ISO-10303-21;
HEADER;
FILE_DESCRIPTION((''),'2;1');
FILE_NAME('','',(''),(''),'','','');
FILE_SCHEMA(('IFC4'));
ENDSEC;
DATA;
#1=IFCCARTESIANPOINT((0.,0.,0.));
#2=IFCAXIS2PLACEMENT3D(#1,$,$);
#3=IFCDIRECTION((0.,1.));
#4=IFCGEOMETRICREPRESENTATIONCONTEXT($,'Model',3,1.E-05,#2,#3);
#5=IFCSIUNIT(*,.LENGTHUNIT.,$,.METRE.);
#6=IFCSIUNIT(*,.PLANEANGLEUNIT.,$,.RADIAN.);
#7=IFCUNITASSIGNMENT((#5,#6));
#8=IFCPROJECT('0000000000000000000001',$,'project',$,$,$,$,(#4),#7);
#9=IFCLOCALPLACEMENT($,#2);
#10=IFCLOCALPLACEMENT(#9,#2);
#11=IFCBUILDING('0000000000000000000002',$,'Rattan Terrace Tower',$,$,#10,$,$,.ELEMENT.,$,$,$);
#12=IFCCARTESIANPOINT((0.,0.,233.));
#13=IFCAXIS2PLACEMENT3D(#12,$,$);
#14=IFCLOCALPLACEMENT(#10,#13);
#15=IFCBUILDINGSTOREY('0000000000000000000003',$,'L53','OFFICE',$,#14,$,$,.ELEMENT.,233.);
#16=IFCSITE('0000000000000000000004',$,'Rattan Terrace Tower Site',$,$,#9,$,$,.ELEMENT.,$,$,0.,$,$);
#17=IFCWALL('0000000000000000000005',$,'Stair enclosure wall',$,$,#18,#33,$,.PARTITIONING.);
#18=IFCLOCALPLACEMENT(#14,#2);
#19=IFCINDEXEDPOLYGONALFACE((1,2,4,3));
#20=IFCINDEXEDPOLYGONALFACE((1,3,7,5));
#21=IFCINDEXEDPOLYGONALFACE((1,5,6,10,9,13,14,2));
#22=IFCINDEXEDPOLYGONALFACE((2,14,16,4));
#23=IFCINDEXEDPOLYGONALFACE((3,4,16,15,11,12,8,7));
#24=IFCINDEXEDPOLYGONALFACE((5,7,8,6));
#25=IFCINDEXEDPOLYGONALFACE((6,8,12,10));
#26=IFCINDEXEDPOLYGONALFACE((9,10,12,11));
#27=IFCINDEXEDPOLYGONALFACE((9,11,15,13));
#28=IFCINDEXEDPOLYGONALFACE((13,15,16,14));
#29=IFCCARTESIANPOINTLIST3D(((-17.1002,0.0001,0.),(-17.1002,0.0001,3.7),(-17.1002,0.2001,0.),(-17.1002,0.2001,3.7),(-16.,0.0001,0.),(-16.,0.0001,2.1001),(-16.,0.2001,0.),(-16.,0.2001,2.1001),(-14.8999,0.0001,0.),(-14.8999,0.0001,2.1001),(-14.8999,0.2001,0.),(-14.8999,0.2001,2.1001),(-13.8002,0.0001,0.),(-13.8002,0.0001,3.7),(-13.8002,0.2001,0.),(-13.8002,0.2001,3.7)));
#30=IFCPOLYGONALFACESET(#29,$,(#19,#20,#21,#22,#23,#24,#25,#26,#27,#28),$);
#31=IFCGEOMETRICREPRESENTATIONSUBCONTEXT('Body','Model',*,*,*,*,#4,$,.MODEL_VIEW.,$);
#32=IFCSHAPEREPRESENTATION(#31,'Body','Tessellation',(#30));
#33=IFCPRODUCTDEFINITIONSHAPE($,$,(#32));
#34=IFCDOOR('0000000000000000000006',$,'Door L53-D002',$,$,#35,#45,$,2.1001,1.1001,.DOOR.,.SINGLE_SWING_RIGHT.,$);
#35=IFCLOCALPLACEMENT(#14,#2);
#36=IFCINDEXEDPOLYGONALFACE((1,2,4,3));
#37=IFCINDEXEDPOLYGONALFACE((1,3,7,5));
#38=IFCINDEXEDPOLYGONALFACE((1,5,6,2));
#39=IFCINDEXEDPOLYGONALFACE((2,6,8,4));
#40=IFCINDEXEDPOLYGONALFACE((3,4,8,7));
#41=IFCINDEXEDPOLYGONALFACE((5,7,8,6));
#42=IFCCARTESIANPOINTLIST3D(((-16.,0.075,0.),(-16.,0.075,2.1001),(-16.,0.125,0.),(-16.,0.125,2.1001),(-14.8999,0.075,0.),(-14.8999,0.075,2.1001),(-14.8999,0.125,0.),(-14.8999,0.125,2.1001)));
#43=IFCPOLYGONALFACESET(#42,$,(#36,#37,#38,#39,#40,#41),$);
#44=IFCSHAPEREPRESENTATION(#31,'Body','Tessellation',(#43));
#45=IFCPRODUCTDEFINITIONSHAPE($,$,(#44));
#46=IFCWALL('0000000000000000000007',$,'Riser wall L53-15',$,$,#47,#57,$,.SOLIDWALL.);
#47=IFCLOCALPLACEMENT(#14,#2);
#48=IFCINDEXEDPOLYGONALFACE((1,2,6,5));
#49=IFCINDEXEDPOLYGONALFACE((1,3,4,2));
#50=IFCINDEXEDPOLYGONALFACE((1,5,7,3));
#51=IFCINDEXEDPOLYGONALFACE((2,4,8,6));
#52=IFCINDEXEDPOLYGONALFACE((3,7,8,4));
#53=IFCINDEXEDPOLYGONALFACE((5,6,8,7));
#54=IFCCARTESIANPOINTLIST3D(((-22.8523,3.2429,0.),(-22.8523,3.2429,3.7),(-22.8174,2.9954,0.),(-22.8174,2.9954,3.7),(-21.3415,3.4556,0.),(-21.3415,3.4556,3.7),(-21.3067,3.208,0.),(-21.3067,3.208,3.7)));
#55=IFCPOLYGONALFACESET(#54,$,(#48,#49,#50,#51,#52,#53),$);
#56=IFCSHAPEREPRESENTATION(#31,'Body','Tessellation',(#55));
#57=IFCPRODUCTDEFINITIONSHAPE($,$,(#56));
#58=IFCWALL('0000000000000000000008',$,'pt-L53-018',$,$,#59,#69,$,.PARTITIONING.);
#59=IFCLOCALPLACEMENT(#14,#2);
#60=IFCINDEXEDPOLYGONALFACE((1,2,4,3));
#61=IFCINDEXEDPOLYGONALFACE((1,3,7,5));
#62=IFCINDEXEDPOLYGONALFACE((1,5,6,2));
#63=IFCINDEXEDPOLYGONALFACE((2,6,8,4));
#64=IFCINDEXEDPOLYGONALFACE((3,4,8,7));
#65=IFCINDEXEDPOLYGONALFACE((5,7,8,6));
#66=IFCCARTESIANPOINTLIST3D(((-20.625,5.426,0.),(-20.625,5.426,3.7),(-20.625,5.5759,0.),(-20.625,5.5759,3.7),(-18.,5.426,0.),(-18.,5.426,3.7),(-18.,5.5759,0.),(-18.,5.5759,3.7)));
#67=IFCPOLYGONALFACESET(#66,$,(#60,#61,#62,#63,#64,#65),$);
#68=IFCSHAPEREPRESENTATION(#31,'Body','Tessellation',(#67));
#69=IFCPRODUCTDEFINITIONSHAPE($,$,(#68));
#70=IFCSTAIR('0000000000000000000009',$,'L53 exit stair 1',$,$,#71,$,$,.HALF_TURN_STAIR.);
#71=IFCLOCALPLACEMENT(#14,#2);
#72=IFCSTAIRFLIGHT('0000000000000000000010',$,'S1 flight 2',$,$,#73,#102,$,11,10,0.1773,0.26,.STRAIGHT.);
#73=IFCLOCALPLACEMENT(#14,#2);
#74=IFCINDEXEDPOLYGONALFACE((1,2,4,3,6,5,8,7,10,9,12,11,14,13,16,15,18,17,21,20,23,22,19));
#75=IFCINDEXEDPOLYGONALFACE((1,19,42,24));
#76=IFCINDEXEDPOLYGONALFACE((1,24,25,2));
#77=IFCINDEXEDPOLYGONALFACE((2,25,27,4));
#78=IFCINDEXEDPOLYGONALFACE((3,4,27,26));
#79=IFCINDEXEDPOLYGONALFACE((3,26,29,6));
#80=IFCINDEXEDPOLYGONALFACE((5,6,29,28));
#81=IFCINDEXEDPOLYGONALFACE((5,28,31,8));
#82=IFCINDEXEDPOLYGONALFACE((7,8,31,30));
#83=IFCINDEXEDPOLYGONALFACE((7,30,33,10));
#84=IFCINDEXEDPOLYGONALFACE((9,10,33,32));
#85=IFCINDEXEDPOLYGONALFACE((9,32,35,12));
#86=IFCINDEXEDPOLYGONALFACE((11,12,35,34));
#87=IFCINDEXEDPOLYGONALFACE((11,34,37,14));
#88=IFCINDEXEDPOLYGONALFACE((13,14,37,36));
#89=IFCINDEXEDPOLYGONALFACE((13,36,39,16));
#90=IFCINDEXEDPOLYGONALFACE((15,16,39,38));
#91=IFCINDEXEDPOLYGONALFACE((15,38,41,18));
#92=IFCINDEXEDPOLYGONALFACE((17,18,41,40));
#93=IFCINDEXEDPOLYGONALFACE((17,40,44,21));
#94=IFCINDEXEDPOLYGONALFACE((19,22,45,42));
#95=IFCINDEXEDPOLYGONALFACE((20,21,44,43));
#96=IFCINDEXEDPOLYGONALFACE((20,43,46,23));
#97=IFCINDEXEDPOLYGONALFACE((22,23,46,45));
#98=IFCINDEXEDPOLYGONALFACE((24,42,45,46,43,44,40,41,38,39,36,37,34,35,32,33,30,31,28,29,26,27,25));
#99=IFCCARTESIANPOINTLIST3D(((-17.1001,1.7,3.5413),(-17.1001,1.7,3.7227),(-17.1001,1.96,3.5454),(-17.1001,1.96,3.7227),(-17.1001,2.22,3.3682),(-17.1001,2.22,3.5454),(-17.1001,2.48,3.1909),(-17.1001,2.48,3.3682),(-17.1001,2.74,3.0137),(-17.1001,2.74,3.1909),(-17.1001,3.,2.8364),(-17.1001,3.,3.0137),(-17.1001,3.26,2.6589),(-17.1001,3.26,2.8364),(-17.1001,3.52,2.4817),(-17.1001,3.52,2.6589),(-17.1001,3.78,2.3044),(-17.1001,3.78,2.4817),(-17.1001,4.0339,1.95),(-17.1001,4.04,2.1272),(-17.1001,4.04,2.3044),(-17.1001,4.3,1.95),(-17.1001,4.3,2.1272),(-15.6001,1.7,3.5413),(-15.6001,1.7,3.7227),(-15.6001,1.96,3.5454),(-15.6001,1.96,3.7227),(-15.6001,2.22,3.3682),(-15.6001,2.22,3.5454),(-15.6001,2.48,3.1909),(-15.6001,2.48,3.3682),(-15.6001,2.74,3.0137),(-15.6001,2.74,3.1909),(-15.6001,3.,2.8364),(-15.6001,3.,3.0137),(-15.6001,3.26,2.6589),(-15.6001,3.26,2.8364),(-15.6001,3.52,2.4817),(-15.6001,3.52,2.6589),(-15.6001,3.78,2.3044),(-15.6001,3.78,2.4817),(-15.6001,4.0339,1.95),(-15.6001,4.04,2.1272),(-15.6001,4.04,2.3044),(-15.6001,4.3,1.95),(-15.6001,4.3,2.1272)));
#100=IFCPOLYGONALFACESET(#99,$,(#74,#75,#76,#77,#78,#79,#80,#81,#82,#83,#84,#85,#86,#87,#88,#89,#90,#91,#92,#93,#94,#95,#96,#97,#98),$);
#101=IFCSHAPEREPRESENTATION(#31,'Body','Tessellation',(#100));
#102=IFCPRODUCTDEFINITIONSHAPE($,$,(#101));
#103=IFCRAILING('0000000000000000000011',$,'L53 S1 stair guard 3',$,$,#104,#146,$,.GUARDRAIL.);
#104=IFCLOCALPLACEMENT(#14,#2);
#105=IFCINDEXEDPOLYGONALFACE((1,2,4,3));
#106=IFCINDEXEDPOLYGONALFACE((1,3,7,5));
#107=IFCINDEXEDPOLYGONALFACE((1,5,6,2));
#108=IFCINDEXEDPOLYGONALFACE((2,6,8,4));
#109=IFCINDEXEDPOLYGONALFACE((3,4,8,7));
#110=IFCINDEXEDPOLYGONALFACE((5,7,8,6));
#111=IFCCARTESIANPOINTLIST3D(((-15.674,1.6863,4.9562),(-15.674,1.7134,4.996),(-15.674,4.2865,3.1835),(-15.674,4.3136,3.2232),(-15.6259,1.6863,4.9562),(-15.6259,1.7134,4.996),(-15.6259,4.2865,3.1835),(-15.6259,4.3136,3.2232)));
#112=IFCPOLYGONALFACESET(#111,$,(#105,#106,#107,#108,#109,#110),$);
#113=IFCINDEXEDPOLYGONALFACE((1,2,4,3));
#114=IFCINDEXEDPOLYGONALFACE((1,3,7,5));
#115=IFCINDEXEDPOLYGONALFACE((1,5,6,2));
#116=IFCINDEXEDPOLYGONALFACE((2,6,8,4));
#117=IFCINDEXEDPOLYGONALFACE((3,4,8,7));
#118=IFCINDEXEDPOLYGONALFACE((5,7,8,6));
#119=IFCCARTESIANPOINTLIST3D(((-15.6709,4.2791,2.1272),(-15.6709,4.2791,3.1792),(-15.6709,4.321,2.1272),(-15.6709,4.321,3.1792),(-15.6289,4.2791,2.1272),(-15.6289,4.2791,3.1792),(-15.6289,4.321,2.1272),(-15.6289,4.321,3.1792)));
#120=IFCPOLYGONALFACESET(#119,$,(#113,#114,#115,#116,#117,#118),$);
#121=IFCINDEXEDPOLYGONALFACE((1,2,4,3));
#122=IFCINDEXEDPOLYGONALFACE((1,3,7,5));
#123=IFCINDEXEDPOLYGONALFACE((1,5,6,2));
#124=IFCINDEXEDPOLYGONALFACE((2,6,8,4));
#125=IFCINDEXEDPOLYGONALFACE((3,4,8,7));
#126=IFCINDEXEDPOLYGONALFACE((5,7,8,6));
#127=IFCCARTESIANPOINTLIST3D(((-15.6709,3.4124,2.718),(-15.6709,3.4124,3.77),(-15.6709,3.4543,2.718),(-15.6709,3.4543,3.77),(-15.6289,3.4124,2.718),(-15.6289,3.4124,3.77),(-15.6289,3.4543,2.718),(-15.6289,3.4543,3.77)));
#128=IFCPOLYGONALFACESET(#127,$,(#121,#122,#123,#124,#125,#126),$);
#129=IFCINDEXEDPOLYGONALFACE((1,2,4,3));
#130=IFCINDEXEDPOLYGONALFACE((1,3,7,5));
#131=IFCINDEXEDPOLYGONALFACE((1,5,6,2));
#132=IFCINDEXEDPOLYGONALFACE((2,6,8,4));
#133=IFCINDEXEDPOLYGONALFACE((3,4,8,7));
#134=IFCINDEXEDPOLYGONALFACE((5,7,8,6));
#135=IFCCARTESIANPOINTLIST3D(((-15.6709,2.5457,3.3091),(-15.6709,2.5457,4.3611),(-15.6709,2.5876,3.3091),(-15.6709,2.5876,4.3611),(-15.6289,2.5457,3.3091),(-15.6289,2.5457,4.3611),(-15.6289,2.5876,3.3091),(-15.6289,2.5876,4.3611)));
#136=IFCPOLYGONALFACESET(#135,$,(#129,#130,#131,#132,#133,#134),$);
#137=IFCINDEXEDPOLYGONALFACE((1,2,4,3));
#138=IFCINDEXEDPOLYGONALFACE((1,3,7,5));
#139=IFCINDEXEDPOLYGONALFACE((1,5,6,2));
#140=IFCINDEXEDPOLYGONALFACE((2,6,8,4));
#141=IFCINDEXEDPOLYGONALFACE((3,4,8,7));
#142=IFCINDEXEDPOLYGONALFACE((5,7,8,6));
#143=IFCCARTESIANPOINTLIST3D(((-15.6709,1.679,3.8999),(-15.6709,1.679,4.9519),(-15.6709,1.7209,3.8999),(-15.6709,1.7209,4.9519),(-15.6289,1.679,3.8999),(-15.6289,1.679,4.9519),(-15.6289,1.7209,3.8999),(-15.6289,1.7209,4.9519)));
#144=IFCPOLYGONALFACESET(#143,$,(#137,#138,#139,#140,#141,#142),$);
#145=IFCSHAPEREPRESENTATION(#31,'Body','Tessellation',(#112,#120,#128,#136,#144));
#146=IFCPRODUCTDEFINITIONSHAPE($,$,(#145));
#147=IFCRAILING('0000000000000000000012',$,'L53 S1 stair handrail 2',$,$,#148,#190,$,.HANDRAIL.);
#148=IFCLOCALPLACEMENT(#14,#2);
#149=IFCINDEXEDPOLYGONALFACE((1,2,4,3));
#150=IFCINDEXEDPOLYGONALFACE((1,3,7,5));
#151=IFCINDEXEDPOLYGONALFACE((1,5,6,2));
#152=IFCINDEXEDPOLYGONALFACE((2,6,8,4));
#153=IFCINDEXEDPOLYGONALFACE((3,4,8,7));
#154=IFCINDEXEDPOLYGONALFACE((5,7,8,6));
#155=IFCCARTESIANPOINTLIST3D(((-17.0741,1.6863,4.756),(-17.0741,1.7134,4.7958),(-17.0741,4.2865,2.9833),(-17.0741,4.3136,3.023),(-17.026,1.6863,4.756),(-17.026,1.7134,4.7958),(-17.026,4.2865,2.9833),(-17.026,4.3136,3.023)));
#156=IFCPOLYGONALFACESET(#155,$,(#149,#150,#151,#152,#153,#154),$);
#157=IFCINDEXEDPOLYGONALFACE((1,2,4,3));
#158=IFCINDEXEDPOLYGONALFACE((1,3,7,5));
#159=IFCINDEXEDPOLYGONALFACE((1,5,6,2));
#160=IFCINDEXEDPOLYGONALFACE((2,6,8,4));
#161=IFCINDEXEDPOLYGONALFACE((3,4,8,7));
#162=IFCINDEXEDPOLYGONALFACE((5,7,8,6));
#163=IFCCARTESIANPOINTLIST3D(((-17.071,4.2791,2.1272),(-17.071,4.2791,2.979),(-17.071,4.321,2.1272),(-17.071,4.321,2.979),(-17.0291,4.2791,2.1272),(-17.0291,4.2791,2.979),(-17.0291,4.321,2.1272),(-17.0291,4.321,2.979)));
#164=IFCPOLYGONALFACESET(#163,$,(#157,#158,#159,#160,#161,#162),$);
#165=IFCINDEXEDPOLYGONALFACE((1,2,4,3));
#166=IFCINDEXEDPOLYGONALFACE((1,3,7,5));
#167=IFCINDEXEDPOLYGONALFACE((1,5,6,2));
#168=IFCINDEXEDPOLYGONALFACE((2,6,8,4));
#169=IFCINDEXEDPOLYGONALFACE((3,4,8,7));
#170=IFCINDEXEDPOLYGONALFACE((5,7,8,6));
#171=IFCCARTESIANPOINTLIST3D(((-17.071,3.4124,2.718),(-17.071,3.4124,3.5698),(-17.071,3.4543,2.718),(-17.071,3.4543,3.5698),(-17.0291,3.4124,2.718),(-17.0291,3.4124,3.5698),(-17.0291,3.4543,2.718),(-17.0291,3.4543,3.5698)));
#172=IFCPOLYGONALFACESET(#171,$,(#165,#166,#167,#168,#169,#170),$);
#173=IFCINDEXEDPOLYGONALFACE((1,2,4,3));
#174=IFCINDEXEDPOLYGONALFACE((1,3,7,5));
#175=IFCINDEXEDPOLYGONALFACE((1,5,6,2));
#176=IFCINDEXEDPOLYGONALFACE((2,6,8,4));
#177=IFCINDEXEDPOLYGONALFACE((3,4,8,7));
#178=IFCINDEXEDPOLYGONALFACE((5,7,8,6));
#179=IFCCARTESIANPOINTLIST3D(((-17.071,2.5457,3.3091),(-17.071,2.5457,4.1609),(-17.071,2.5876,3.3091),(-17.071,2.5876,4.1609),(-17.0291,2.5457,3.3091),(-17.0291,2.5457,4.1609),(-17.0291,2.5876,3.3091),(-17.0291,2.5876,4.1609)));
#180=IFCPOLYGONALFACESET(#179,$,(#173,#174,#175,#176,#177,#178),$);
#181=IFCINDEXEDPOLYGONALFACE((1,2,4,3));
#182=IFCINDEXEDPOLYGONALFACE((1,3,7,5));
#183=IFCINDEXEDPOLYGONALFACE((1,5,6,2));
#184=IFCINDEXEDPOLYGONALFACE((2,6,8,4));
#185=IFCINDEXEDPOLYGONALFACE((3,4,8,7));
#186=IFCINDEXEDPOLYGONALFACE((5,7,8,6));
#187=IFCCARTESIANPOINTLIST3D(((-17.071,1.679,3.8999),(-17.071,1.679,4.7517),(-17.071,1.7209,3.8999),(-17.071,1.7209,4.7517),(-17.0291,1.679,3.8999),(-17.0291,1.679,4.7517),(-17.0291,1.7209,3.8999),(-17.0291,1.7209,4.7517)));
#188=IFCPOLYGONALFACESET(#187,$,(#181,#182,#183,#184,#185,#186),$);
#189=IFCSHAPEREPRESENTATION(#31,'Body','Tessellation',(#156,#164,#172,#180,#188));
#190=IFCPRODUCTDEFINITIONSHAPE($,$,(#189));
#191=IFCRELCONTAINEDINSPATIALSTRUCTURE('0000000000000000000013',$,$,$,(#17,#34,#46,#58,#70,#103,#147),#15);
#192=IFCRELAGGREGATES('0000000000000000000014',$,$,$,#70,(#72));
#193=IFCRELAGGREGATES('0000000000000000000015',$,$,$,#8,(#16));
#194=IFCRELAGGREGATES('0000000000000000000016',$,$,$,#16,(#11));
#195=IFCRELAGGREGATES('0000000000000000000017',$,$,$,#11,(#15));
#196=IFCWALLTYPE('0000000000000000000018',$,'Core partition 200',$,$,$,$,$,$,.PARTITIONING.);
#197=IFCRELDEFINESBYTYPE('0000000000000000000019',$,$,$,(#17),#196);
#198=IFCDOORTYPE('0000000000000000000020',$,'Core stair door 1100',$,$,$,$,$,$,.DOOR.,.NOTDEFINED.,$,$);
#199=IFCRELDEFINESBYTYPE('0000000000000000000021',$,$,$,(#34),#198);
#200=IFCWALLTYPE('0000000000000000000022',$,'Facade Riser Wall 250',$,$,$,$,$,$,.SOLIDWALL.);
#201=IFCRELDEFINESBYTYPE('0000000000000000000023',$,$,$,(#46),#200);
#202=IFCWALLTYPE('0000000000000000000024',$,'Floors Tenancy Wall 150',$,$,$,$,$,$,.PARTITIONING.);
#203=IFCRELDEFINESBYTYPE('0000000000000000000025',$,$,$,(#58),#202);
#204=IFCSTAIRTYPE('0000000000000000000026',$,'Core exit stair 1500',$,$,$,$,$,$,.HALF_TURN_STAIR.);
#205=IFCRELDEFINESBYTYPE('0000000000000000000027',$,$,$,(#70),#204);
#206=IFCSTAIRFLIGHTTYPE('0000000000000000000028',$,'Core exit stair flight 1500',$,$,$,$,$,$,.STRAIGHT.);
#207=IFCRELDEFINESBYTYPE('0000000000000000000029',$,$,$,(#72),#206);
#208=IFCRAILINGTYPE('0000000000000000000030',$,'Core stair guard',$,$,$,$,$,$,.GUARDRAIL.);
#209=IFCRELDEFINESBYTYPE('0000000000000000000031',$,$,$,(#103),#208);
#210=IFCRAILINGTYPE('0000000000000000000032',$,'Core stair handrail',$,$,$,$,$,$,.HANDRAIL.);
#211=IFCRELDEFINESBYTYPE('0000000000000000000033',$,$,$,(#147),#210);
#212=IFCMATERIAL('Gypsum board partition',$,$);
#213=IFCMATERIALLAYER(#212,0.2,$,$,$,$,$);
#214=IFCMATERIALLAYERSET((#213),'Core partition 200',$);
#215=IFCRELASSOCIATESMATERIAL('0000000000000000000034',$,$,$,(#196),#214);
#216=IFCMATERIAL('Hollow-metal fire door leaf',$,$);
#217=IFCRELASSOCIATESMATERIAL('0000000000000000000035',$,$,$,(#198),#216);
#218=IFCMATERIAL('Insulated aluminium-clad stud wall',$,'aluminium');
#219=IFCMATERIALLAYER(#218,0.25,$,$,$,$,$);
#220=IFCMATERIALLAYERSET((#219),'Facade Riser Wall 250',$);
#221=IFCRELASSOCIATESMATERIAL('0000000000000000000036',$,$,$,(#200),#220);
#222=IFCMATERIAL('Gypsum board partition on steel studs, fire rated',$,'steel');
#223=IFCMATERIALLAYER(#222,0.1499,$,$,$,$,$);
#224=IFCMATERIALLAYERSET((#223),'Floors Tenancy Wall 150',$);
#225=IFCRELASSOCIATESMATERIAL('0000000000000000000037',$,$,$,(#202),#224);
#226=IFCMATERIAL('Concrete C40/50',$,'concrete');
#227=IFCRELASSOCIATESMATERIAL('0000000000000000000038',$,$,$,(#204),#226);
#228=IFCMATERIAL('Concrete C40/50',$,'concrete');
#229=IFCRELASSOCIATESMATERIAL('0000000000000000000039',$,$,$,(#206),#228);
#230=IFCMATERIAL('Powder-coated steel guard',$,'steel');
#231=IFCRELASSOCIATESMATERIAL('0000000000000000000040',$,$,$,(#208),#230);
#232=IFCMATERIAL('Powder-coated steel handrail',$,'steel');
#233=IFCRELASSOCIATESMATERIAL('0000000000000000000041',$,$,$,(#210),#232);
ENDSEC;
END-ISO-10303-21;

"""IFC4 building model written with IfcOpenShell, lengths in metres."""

from ifc_helpers import new_model, si_unit, direction, frame, frame_2d, origin, origin_2d, place, context, subcontext, project, spatial, polyline, rectangle, outline, extrude, material, layer, layer_set, type_object, element, fill, aggregate, save


model = new_model("IFC4")

# Units and contexts
model_context = context("Model", 3, precision=1e-05, world=origin(), true_north=direction((0.0, 1.0)))
body_context = subcontext(model_context, "Body", "Model", "MODEL_VIEW")
ifc_project = project(units=[si_unit("LENGTHUNIT", "METRE"), si_unit("PLANEANGLEUNIT", "RADIAN")], contexts=[model_context])

# Site, building, storey
site_placement = place(None, origin())
site = spatial("IfcSite", under=ifc_project, at=site_placement, Name="Rattan Terrace Tower Site", CompositionType="ELEMENT", RefElevation=0.0)
building_placement = place(site_placement, origin())
building = spatial("IfcBuilding", under=site, at=building_placement, Name="Rattan Terrace Tower", CompositionType="ELEMENT")
storey_placement = place(building_placement, frame((0.0, 0.0, 233.0)))
storey = spatial("IfcBuildingStorey", under=building, at=storey_placement, Name="L53", Description="OFFICE", CompositionType="ELEMENT", Elevation=233.0)

# Wall, opening, door
ifc_material_1 = material(Name="Gypsum board partition")
ifc_layer_1 = layer(ifc_material_1, 0.2)
ifc_layer_set_1 = layer_set([ifc_layer_1], Name="Core partition 200")
wall_type_1 = type_object("IfcWallType", Name="Core partition 200", PredefinedType="PARTITIONING", material=ifc_layer_set_1)
wall_1_placement = place(storey_placement, frame((-17.1001, 0.1001, 0.0), z_axis=(0.0, 0.0, 1.0), x_axis=(1.0, 0.0, 0.0)))
wall_1 = element("IfcWall", 1, at=wall_1_placement, inside=storey, type_object=wall_type_1, Name="Stair enclosure wall", PredefinedType="PARTITIONING", context=body_context, shape_type="SweptSolid", body=[
    extrude(rectangle(XDim=3.3, YDim=0.2, at=frame_2d((1.6499, 0.0))), origin(), (0.0, 0.0, 1.0), 3.7),
])
opening_placement = place(wall_1_placement, frame((1.1001, 0.0, 0.0)))
opening = element("IfcOpeningElement", 2, at=opening_placement, cuts=wall_1, PredefinedType="OPENING", context=body_context, shape_type="SweptSolid", body=[
    extrude(rectangle(XDim=1.1001, YDim=2.1001, at=frame_2d((0.55, 1.05))), frame((0.0, 0.1106, 0.0), z_axis=(0.0, -1.0, 0.0), x_axis=(1.0, 0.0, 0.0)), (0.0, 0.0, 1.0), 0.2209),
])
ifc_material_2 = material(Name="Hollow-metal fire door leaf")
door_type = type_object("IfcDoorType", Name="Core stair door 1100", OperationType="NOTDEFINED", PredefinedType="DOOR", material=ifc_material_2)
door_placement = place(opening_placement, origin())
door = element("IfcDoor", 3, at=door_placement, inside=storey, type_object=door_type, Name="Door L53-D002", OperationType="SINGLE_SWING_RIGHT", OverallHeight=2.1001, OverallWidth=1.1001, PredefinedType="DOOR", context=body_context, shape_type="SweptSolid", body=[
    extrude(rectangle(XDim=1.1001, YDim=2.1001, at=frame_2d((0.55, 1.05))), frame((0.0, 0.0249, 0.0), z_axis=(0.0, -1.0, 0.0), x_axis=(1.0, 0.0, 0.0)), (0.0, 0.0, 1.0), 0.05),
])
fill(opening, door)

# Walls
ifc_material_3 = material(Name="Insulated aluminium-clad stud wall", Category="aluminium")
ifc_layer_2 = layer(ifc_material_3, 0.25)
ifc_layer_set_2 = layer_set([ifc_layer_2], Name="Facade Riser Wall 250")
wall_type_2 = type_object("IfcWallType", Name="Facade Riser Wall 250", PredefinedType="SOLIDWALL", material=ifc_layer_set_2)
wall_2_placement = place(storey_placement, frame((-21.3242, 3.3318, 0.0), z_axis=(0.0, 0.0, 1.0), x_axis=(-0.990239, -0.139382, 0.0)))
element("IfcWall", 4, at=wall_2_placement, inside=storey, type_object=wall_type_2, Name="Riser wall L53-15", PredefinedType="SOLIDWALL", context=body_context, shape_type="SweptSolid", body=[
    extrude(rectangle(XDim=1.5256, YDim=0.25, at=frame_2d((0.7627, 0.0))), origin(), (0.0, 0.0, 1.0), 3.7),
])
ifc_material_4 = material(Name="Gypsum board partition on steel studs, fire rated", Category="steel")
ifc_layer_3 = layer(ifc_material_4, 0.1499)
ifc_layer_set_3 = layer_set([ifc_layer_3], Name="Floors Tenancy Wall 150")
wall_type_3 = type_object("IfcWallType", Name="Floors Tenancy Wall 150", PredefinedType="PARTITIONING", material=ifc_layer_set_3)
wall_3_placement = place(storey_placement, frame((-20.625, 5.501, 0.0), z_axis=(0.0, 0.0, 1.0), x_axis=(1.0, 0.0, 0.0)))
element("IfcWall", 5, at=wall_3_placement, inside=storey, type_object=wall_type_3, Name="pt-L53-018", PredefinedType="PARTITIONING", context=body_context, shape_type="SweptSolid", body=[
    extrude(rectangle(XDim=2.625, YDim=0.1499, at=frame_2d((1.3125, 0.0))), origin(), (0.0, 0.0, 1.0), 3.7),
])

# Stair, stair flight
ifc_material_5 = material(Name="Concrete C40/50", Category="concrete")
stair_type = type_object("IfcStairType", Name="Core exit stair 1500", PredefinedType="HALF_TURN_STAIR", material=ifc_material_5)
stair_placement = place(storey_placement, origin())
stair = element("IfcStair", 6, at=stair_placement, inside=storey, type_object=stair_type, Name="L53 exit stair 1", PredefinedType="HALF_TURN_STAIR")
ifc_material_6 = material(Name="Concrete C40/50", Category="concrete")
stair_flight_type = type_object("IfcStairFlightType", Name="Core exit stair flight 1500", PredefinedType="STRAIGHT", material=ifc_material_6)
stair_flight_placement = place(storey_placement, frame((-16.3501, 4.3, 1.95), z_axis=(0.0, 0.0, 1.0), x_axis=(0.0, -1.0, 0.0)))
stair_flight = element("IfcStairFlight", 7, at=stair_flight_placement, type_object=stair_flight_type, Name="S1 flight 2", NumberOfRisers=11, NumberOfTreads=10, PredefinedType="STRAIGHT", RiserHeight=0.1773, TreadLength=0.26, context=body_context, shape_type="SweptSolid", body=[
    extrude(outline(polyline([(0.0, 0.0), (0.0, 0.1772), (0.26, 0.1772), (0.26, 0.3545), (0.52, 0.3545), (0.52, 0.5317), (0.78, 0.5317), (0.78, 0.709), (1.04, 0.709), (1.04, 0.8865), (1.3, 0.8865), (1.3, 1.0637), (1.5601, 1.0637), (1.5601, 1.241), (1.8201, 1.241), (1.8201, 1.4182), (2.0801, 1.4182), (2.0801, 1.5955), (2.3401, 1.5955), (2.3401, 1.7727), (2.6001, 1.7727), (2.6001, 1.95), (2.6001, 1.5913), (0.2661, 0.0), (0.0, 0.0)])), frame((0.0, 0.75, 0.0), z_axis=(0.0, -1.0, 0.0), x_axis=(1.0, 0.0, 0.0)), (0.0, 0.0, 1.0), 1.5),
])
aggregate(stair, [stair_flight])

# Railings
ifc_material_7 = material(Name="Powder-coated steel guard", Category="steel")
railing_type_1 = type_object("IfcRailingType", Name="Core stair guard", PredefinedType="GUARDRAIL", material=ifc_material_7)
railing_1_placement = place(storey_placement, frame((-15.6499, 4.3, 2.1272)))
element("IfcRailing", 8, at=railing_1_placement, inside=storey, type_object=railing_type_1, Name="L53 S1 stair guard 3", PredefinedType="GUARDRAIL", context=body_context, shape_type="SweptSolid", body=[
    extrude(rectangle(XDim=0.0481, YDim=0.0481, at=origin_2d()), frame((0.0, 0.0, 1.0762), z_axis=(0.0, -0.82624, 0.563318), x_axis=(1.0, 0.0, 0.0)), (0.0, 0.0, 1.0), 3.147),
    extrude(rectangle(XDim=0.042, YDim=0.042, at=origin_2d()), origin(), (0.0, 0.0, 1.0), 1.052),
    extrude(rectangle(XDim=0.042, YDim=0.042, at=origin_2d()), frame((0.0, -0.8667, 0.5908)), (0.0, 0.0, 1.0), 1.052),
    extrude(rectangle(XDim=0.042, YDim=0.042, at=origin_2d()), frame((0.0, -1.7334, 1.1819)), (0.0, 0.0, 1.0), 1.052),
    extrude(rectangle(XDim=0.042, YDim=0.042, at=origin_2d()), frame((0.0, -2.6001, 1.7727)), (0.0, 0.0, 1.0), 1.052),
])
ifc_material_8 = material(Name="Powder-coated steel handrail", Category="steel")
railing_type_2 = type_object("IfcRailingType", Name="Core stair handrail", PredefinedType="HANDRAIL", material=ifc_material_8)
railing_2_placement = place(storey_placement, frame((-17.05, 4.3, 2.1272)))
element("IfcRailing", 9, at=railing_2_placement, inside=storey, type_object=railing_type_2, Name="L53 S1 stair handrail 2", PredefinedType="HANDRAIL", context=body_context, shape_type="SweptSolid", body=[
    extrude(rectangle(XDim=0.0481, YDim=0.0481, at=origin_2d()), frame((0.0, 0.0, 0.876), z_axis=(0.0, -0.82624, 0.563318), x_axis=(1.0, 0.0, 0.0)), (0.0, 0.0, 1.0), 3.147),
    extrude(rectangle(XDim=0.042, YDim=0.042, at=origin_2d()), origin(), (0.0, 0.0, 1.0), 0.8518),
    extrude(rectangle(XDim=0.042, YDim=0.042, at=origin_2d()), frame((0.0, -0.8667, 0.5908)), (0.0, 0.0, 1.0), 0.8518),
    extrude(rectangle(XDim=0.042, YDim=0.042, at=origin_2d()), frame((0.0, -1.7334, 1.1819)), (0.0, 0.0, 1.0), 0.8518),
    extrude(rectangle(XDim=0.042, YDim=0.042, at=origin_2d()), frame((0.0, -2.6001, 1.7727)), (0.0, 0.0, 1.0), 0.8518),
])

save(model, "model.ifc")
